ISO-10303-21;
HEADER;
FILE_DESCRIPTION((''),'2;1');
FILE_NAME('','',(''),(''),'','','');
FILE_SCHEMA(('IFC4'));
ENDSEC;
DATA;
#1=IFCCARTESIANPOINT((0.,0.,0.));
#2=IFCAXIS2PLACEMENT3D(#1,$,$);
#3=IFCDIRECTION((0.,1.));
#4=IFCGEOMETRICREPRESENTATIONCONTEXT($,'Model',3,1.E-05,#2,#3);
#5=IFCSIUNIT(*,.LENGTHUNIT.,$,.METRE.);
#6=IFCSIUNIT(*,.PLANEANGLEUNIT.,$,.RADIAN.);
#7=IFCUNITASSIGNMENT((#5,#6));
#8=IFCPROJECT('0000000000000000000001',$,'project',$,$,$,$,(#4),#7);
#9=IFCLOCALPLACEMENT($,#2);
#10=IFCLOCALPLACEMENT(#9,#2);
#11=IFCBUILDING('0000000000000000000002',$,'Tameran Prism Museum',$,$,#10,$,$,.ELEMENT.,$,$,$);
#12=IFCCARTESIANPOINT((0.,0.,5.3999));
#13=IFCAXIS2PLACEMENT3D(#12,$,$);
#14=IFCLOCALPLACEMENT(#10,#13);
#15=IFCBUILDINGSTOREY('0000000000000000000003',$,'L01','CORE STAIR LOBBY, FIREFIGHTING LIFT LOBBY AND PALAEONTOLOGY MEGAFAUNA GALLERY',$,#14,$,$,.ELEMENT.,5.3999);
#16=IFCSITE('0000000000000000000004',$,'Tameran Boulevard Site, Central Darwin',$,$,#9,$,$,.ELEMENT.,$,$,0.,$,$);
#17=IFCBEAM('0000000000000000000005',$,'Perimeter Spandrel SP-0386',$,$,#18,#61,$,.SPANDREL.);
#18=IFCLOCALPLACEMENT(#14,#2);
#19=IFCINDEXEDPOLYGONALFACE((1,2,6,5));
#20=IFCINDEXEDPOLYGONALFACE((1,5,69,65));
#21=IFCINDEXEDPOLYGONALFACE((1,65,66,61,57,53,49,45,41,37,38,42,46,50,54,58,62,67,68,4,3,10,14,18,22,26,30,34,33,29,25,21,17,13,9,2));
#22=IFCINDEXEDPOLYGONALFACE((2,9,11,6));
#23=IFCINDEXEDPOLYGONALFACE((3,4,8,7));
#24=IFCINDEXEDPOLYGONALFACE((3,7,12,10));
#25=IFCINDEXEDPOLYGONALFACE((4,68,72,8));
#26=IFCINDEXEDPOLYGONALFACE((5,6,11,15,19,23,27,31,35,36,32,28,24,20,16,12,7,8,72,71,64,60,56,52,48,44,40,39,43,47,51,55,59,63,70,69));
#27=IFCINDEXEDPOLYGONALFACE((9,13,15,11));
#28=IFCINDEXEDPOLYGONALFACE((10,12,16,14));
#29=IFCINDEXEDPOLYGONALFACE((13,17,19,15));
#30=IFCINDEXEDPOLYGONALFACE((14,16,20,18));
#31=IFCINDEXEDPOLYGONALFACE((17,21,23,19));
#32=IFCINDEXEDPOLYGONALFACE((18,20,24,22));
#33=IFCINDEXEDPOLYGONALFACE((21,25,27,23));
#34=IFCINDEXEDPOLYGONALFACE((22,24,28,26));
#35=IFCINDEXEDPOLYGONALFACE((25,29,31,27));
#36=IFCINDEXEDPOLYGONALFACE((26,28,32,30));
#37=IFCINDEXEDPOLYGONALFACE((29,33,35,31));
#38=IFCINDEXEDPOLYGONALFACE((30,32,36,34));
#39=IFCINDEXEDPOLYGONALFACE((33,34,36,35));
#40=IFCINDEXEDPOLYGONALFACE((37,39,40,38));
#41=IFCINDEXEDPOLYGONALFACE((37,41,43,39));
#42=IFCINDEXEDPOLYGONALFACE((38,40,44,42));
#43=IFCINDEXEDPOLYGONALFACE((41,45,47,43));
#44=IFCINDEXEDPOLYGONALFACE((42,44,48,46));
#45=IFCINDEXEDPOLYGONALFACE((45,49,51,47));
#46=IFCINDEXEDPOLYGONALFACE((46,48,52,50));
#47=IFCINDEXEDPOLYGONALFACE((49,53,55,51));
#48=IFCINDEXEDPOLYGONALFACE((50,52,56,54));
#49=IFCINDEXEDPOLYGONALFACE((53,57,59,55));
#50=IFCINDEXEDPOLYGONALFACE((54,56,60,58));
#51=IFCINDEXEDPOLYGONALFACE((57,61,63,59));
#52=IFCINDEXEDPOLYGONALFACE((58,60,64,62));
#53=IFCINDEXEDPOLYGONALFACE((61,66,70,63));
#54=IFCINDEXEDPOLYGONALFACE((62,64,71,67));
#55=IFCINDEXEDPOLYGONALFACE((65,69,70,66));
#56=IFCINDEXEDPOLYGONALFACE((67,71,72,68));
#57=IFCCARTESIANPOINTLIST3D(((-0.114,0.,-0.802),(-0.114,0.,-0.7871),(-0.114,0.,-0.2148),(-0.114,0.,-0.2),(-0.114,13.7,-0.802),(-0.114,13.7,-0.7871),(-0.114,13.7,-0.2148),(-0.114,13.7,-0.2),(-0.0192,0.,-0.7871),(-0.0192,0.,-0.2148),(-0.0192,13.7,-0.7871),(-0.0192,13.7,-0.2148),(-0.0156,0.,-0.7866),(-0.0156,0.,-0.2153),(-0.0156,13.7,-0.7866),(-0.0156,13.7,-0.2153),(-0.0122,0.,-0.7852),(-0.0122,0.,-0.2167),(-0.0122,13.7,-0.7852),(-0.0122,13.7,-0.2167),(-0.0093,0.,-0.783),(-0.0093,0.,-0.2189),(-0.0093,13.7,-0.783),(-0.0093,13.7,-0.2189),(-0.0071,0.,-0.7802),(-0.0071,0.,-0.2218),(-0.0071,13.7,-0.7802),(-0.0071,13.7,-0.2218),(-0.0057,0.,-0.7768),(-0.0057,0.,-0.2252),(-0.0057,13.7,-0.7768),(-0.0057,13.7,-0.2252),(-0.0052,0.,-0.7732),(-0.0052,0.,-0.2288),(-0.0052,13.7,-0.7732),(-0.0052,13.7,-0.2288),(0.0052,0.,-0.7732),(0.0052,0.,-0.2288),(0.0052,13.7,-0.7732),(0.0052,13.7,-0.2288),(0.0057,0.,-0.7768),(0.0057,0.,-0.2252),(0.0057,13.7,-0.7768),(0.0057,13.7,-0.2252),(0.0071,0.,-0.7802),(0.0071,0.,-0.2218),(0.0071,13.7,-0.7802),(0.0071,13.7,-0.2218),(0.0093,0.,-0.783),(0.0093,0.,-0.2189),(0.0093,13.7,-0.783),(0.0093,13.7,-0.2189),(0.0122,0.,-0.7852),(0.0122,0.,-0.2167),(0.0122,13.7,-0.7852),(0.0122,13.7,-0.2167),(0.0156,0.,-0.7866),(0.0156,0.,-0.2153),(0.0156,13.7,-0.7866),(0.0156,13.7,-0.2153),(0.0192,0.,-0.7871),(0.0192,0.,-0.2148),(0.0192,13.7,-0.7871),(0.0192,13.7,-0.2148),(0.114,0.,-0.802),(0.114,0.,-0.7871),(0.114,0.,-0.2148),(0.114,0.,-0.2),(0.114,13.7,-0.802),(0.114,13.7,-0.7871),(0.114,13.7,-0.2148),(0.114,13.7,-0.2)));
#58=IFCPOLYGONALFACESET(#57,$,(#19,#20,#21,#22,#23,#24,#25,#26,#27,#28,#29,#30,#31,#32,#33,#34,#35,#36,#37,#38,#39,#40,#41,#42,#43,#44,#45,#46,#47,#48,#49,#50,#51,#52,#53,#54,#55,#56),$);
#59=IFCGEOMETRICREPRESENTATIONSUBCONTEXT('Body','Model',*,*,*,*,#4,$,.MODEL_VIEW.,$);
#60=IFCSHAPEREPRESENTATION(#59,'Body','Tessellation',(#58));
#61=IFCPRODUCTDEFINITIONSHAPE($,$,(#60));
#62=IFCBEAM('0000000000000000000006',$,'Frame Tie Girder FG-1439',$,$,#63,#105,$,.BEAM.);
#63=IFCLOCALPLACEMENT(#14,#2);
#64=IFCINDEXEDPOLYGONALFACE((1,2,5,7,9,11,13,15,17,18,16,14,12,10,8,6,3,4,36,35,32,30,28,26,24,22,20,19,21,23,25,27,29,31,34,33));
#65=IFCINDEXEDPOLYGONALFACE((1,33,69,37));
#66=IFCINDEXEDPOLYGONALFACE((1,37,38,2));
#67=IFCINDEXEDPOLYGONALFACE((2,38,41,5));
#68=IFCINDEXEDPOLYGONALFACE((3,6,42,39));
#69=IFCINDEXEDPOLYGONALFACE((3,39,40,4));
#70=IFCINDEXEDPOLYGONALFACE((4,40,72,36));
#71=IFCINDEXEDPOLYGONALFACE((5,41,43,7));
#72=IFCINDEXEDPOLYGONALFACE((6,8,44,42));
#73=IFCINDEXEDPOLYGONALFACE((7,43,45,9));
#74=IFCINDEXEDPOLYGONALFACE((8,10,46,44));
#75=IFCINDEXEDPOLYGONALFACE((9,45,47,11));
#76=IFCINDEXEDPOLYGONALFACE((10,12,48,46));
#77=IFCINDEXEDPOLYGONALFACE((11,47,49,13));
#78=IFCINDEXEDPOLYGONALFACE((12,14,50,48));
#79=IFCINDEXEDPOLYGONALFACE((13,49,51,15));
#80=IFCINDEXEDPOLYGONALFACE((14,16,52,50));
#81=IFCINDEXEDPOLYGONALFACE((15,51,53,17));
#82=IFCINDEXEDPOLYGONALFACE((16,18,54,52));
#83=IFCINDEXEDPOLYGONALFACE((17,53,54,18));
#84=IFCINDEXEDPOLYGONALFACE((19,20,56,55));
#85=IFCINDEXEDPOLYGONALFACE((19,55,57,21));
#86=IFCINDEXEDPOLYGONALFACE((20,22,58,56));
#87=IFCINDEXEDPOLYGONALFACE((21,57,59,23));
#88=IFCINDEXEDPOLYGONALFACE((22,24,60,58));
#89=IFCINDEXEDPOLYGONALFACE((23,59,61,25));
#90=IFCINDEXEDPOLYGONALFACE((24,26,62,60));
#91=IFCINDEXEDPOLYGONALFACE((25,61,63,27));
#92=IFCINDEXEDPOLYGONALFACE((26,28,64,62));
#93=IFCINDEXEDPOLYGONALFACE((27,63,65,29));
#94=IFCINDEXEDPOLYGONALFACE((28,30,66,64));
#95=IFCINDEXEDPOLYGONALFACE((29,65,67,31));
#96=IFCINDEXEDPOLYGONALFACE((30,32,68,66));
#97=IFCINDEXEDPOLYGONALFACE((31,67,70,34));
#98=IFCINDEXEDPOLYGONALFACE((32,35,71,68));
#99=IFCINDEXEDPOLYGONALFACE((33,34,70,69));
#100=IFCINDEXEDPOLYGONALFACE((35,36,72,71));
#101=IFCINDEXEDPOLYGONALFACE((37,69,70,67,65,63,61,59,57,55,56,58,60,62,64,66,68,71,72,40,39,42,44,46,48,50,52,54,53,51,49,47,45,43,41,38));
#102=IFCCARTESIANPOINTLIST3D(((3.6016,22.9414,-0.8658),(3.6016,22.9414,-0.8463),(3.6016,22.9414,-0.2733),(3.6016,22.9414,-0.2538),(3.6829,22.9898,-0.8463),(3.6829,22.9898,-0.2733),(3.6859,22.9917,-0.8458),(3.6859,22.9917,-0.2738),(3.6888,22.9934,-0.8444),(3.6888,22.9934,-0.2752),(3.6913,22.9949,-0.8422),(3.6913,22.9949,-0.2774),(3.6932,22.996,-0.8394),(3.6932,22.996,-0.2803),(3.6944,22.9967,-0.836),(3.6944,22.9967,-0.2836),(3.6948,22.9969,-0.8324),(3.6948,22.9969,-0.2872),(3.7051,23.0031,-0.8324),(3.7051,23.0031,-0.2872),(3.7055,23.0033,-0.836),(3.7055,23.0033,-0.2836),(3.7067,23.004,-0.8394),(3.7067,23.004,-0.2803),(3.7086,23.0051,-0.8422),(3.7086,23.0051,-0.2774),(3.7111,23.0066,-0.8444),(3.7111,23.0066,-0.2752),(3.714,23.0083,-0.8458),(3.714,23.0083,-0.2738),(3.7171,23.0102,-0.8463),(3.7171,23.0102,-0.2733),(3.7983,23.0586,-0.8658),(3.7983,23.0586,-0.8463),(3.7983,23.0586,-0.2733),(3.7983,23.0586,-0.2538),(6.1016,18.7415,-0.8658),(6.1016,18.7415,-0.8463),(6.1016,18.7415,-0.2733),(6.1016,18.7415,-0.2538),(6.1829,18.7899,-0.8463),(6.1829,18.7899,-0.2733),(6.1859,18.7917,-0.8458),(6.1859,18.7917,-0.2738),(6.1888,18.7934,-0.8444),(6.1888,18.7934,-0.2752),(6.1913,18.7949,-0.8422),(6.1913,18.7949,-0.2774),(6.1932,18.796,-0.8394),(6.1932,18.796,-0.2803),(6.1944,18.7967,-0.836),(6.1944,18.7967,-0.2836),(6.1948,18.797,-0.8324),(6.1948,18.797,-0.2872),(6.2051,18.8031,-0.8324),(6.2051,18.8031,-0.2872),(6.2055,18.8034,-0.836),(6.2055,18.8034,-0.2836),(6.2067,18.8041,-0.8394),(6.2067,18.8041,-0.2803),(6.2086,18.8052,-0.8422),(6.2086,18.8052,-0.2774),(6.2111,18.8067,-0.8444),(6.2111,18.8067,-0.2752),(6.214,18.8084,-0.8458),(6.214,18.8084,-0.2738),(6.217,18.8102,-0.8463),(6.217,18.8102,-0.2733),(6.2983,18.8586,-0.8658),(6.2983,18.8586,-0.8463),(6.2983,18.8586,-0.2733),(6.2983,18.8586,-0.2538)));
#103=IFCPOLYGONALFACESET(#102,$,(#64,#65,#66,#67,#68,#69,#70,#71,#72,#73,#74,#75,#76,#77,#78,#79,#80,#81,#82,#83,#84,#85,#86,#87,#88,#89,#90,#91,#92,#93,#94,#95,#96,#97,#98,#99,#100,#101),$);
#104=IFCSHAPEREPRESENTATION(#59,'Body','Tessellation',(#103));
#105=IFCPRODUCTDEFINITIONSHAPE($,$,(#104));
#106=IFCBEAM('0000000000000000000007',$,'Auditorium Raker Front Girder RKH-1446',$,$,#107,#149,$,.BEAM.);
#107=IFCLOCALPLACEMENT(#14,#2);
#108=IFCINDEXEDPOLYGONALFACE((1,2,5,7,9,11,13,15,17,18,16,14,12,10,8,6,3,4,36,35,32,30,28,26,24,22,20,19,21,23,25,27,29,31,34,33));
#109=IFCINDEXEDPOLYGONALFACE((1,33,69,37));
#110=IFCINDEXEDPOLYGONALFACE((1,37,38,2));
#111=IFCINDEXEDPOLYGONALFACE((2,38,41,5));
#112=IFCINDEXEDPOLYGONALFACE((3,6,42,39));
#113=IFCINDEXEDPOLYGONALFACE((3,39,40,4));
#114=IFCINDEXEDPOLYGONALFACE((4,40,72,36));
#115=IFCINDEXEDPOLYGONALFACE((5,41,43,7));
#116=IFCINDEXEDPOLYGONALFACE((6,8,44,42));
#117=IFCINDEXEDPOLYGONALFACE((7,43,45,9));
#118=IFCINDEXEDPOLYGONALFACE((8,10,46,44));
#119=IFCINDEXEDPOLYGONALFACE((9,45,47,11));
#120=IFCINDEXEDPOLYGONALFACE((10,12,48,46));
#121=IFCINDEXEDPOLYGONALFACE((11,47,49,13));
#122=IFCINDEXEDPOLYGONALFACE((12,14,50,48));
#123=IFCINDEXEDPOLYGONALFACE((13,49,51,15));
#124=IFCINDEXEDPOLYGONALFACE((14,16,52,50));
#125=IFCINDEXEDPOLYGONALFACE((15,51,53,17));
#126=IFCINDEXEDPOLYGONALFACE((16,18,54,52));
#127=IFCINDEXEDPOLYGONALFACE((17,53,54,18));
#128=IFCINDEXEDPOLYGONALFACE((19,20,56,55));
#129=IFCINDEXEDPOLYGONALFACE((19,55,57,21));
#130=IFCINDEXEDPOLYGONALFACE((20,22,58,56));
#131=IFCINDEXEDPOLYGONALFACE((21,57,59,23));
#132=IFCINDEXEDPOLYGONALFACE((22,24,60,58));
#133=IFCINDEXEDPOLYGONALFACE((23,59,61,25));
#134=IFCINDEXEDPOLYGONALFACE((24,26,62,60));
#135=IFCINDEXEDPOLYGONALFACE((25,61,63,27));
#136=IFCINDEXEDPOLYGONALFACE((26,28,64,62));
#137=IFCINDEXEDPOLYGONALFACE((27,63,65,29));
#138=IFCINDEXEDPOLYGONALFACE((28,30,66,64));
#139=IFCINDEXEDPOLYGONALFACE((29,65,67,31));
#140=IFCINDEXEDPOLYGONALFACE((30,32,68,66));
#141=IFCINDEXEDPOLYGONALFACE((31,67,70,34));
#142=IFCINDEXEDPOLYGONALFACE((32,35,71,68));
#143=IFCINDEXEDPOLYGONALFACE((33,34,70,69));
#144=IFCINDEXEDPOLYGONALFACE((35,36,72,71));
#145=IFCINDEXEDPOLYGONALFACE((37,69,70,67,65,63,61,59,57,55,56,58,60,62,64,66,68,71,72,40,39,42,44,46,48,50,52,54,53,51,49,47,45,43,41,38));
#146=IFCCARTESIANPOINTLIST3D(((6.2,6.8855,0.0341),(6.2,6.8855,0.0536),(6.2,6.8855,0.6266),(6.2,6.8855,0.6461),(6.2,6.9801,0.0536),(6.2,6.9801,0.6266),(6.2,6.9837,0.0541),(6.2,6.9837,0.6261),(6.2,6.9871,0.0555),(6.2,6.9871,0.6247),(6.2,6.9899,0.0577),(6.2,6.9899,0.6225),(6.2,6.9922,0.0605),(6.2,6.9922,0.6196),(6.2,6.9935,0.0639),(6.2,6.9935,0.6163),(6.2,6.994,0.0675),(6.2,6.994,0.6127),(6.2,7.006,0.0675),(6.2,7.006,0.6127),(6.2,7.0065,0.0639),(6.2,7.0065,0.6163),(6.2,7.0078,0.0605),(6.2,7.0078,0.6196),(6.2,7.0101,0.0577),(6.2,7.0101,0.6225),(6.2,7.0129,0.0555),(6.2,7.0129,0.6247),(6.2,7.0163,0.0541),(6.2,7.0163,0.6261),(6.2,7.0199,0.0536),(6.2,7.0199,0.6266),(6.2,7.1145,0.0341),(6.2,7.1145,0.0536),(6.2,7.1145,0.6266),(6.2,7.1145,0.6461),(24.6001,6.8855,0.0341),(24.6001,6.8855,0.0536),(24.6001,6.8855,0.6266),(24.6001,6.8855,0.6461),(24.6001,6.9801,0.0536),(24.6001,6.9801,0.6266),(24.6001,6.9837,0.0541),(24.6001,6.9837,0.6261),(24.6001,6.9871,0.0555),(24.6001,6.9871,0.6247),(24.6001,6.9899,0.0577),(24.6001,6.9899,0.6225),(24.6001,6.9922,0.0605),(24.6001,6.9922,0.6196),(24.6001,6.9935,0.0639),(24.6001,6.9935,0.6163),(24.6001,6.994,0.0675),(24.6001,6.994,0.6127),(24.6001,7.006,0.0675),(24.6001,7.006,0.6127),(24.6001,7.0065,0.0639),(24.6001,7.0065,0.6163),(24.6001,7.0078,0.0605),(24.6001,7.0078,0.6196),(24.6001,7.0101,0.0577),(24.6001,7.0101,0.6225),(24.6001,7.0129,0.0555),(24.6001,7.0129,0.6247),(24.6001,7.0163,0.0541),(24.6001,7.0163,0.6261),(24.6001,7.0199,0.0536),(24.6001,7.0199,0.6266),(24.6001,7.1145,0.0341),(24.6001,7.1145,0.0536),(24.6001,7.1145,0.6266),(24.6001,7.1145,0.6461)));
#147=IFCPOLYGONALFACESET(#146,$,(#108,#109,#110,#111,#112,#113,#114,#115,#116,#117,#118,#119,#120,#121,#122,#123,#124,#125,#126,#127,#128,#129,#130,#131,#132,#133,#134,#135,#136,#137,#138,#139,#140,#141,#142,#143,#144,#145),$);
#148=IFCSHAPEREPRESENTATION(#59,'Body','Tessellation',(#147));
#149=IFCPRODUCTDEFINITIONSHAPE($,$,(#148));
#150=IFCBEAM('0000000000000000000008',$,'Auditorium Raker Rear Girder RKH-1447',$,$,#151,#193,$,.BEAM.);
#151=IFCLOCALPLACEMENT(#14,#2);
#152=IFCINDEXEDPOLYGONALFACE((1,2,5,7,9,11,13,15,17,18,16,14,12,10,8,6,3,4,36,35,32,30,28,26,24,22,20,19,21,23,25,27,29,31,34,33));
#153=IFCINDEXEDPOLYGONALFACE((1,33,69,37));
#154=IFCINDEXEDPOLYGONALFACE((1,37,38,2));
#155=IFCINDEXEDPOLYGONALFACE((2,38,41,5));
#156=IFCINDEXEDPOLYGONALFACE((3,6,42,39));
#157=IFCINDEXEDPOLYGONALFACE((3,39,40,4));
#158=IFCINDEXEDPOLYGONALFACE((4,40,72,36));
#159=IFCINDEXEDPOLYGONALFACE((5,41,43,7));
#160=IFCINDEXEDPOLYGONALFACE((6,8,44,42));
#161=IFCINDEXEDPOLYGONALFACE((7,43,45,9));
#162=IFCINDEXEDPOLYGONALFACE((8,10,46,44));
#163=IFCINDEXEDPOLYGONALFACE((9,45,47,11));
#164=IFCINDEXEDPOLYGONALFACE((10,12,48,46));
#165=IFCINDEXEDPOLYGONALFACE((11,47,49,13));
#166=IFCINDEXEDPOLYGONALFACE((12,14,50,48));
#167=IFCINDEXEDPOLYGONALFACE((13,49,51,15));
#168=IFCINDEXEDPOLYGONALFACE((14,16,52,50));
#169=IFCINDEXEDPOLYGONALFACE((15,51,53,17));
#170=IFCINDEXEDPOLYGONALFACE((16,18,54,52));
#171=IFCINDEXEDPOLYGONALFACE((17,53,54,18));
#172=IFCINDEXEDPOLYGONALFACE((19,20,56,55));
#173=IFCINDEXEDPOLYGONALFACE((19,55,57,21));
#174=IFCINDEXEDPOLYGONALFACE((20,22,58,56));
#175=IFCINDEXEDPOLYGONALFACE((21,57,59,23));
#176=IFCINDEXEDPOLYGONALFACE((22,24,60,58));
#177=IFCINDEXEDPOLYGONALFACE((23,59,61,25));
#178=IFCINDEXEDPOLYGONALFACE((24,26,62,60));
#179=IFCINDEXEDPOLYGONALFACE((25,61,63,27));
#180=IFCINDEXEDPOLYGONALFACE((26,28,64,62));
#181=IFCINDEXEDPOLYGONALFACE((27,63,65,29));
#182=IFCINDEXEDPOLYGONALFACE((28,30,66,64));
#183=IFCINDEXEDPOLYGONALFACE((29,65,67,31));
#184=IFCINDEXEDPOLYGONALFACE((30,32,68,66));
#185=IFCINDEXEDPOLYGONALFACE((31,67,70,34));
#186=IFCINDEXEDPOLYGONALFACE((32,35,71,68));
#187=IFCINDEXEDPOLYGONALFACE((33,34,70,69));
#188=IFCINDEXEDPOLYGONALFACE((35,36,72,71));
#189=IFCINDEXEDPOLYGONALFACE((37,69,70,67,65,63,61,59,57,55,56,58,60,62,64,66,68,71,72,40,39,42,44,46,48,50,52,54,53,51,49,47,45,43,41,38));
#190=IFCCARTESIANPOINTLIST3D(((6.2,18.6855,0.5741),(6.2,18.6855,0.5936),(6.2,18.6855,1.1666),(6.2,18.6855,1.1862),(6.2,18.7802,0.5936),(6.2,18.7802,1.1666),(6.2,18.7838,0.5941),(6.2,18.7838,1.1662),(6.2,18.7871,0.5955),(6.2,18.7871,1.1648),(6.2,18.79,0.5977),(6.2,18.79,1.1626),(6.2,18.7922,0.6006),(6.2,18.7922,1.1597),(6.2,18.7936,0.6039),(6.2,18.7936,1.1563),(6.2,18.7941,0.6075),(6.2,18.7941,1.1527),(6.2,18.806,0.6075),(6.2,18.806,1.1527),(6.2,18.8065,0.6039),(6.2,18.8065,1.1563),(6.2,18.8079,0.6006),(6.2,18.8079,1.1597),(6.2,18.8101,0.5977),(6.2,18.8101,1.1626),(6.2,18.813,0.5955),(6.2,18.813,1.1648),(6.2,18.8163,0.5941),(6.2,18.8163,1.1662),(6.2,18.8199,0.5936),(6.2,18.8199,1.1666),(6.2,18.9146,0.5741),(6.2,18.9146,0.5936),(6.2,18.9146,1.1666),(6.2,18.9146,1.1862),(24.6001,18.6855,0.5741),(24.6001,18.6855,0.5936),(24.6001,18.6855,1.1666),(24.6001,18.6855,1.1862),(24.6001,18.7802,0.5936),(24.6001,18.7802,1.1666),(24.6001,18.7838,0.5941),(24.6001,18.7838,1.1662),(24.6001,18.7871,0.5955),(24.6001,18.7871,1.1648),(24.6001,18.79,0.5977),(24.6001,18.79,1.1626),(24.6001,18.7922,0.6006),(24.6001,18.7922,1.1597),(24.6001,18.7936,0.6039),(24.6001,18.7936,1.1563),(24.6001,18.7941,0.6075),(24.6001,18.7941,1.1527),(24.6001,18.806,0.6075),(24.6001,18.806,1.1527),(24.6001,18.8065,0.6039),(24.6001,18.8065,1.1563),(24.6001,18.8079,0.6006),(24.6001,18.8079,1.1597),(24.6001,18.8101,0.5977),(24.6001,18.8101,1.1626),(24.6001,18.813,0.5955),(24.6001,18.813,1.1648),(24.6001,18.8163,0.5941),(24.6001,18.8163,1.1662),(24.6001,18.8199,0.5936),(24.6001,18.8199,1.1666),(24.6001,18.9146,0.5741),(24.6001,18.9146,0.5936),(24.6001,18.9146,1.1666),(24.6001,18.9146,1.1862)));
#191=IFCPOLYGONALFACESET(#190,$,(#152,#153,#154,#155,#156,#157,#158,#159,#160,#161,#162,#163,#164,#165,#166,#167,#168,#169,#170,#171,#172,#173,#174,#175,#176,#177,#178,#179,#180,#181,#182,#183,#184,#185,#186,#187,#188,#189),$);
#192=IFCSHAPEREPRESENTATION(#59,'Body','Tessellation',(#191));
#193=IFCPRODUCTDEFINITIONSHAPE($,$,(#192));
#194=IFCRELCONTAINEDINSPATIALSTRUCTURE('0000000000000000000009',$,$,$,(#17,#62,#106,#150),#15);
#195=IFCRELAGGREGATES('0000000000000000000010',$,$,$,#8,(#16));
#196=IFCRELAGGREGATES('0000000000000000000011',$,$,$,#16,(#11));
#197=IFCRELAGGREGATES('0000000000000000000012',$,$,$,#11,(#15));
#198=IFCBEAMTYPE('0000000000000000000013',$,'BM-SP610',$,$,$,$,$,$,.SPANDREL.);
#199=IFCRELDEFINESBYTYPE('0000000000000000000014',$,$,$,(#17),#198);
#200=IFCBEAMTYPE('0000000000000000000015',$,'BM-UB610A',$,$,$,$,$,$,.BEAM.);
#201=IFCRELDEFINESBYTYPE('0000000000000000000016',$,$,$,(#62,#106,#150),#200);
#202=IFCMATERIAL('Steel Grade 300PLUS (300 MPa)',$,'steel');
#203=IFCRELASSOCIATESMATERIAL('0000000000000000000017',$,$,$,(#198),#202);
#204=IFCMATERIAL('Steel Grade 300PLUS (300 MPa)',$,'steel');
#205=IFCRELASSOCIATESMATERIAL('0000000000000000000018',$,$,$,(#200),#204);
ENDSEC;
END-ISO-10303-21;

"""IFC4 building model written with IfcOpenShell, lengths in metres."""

from ifc_helpers import new_model, si_unit, direction, frame, origin, origin_2d, place, context, subcontext, project, spatial, i_section, extrude, material, material_profile, profile_set, type_object, element, save


model = new_model("IFC4")

# Units and contexts
model_context = context("Model", 3, precision=1e-05, world=origin(), true_north=direction((0.0, 1.0)))
body_context = subcontext(model_context, "Body", "Model", "MODEL_VIEW")
ifc_project = project(units=[si_unit("LENGTHUNIT", "METRE"), si_unit("PLANEANGLEUNIT", "RADIAN")], contexts=[model_context])

# Site, building, storey
site_placement = place(None, origin())
site = spatial("IfcSite", under=ifc_project, at=site_placement, Name="Tameran Boulevard Site, Central Darwin", CompositionType="ELEMENT", RefElevation=0.0)
building_placement = place(site_placement, origin())
building = spatial("IfcBuilding", under=site, at=building_placement, Name="Tameran Prism Museum", CompositionType="ELEMENT")
storey_placement = place(building_placement, frame((0.0, 0.0, 5.3999)))
storey = spatial("IfcBuildingStorey", under=building, at=storey_placement, Name="L01", Description="CORE STAIR LOBBY, FIREFIGHTING LIFT LOBBY AND PALAEONTOLOGY MEGAFAUNA GALLERY", CompositionType="ELEMENT", Elevation=5.3999)

# Beams
ifc_material_1 = material(Name="Steel Grade 300PLUS (300 MPa)", Category="steel")
ifc_material_profile_1 = material_profile(ifc_material_1, i_section(OverallWidth=0.228, OverallDepth=0.6021, WebThickness=0.0105, FlangeThickness=0.0149, FilletRadius=0.0139, at=origin_2d()))
ifc_profile_set_1 = profile_set([ifc_material_profile_1])
beam_type_1 = type_object("IfcBeamType", Name="BM-SP610", PredefinedType="SPANDREL", material=ifc_profile_set_1)
beam_1_placement = place(storey_placement, frame((0.0, 13.7, -0.501), z_axis=(0.0, -1.0, 0.0), x_axis=(1.0, 0.0, 0.0)))
element("IfcBeam", 1, at=beam_1_placement, inside=storey, type_object=beam_type_1, Name="Perimeter Spandrel SP-0386", PredefinedType="SPANDREL", context=body_context, shape_type="SweptSolid", body=[
    extrude(i_section(OverallWidth=0.228, OverallDepth=0.6021, WebThickness=0.0105, FlangeThickness=0.0149, FilletRadius=0.0139, at=origin_2d()), origin(), (0.0, 0.0, 1.0), 13.7),
])
ifc_material_2 = material(Name="Steel Grade 300PLUS (300 MPa)", Category="steel")
ifc_material_profile_2 = material_profile(ifc_material_2, i_section(OverallWidth=0.229, OverallDepth=0.6121, WebThickness=0.012, FlangeThickness=0.0195, FilletRadius=0.0139, at=origin_2d()))
ifc_profile_set_2 = profile_set([ifc_material_profile_2])
beam_type_2 = type_object("IfcBeamType", Name="BM-UB610A", PredefinedType="BEAM", material=ifc_profile_set_2)
beam_2_placement = place(storey_placement, frame((6.2, 18.8, -0.5598), z_axis=(-0.511488, 0.85929, 0.0), x_axis=(-0.85929, -0.511488, 0.0)))
element("IfcBeam", 2, at=beam_2_placement, inside=storey, type_object=beam_type_2, Name="Frame Tie Girder FG-1439", PredefinedType="BEAM", context=body_context, shape_type="SweptSolid", body=[
    extrude(i_section(OverallWidth=0.229, OverallDepth=0.6121, WebThickness=0.012, FlangeThickness=0.0195, FilletRadius=0.0139, at=origin_2d()), origin(), (0.0, 0.0, 1.0), 4.8877),
])
for number, where, z_axis, x_axis, name in (
    (3, (6.2, 7.0, 0.3401), (1.0, 0.0, 0.0), (0.0, 1.0, 0.0), "Auditorium Raker Front Girder RKH-1446"),
    (4, (6.2, 18.8, 0.8801), (1.0, 0.0, 0.0), (0.0, 1.0, 0.0), "Auditorium Raker Rear Girder RKH-1447"),
):
    element("IfcBeam", number, at=place(storey_placement, frame(where, z_axis=z_axis, x_axis=x_axis)), inside=storey, type_object=beam_type_2, Name=name, PredefinedType="BEAM", context=body_context, shape_type="SweptSolid", body=[
        extrude(i_section(OverallWidth=0.229, OverallDepth=0.6121, WebThickness=0.012, FlangeThickness=0.0195, FilletRadius=0.0139, at=origin_2d()), origin(), (0.0, 0.0, 1.0), 18.4001),
    ])

save(model, "model.ifc")
